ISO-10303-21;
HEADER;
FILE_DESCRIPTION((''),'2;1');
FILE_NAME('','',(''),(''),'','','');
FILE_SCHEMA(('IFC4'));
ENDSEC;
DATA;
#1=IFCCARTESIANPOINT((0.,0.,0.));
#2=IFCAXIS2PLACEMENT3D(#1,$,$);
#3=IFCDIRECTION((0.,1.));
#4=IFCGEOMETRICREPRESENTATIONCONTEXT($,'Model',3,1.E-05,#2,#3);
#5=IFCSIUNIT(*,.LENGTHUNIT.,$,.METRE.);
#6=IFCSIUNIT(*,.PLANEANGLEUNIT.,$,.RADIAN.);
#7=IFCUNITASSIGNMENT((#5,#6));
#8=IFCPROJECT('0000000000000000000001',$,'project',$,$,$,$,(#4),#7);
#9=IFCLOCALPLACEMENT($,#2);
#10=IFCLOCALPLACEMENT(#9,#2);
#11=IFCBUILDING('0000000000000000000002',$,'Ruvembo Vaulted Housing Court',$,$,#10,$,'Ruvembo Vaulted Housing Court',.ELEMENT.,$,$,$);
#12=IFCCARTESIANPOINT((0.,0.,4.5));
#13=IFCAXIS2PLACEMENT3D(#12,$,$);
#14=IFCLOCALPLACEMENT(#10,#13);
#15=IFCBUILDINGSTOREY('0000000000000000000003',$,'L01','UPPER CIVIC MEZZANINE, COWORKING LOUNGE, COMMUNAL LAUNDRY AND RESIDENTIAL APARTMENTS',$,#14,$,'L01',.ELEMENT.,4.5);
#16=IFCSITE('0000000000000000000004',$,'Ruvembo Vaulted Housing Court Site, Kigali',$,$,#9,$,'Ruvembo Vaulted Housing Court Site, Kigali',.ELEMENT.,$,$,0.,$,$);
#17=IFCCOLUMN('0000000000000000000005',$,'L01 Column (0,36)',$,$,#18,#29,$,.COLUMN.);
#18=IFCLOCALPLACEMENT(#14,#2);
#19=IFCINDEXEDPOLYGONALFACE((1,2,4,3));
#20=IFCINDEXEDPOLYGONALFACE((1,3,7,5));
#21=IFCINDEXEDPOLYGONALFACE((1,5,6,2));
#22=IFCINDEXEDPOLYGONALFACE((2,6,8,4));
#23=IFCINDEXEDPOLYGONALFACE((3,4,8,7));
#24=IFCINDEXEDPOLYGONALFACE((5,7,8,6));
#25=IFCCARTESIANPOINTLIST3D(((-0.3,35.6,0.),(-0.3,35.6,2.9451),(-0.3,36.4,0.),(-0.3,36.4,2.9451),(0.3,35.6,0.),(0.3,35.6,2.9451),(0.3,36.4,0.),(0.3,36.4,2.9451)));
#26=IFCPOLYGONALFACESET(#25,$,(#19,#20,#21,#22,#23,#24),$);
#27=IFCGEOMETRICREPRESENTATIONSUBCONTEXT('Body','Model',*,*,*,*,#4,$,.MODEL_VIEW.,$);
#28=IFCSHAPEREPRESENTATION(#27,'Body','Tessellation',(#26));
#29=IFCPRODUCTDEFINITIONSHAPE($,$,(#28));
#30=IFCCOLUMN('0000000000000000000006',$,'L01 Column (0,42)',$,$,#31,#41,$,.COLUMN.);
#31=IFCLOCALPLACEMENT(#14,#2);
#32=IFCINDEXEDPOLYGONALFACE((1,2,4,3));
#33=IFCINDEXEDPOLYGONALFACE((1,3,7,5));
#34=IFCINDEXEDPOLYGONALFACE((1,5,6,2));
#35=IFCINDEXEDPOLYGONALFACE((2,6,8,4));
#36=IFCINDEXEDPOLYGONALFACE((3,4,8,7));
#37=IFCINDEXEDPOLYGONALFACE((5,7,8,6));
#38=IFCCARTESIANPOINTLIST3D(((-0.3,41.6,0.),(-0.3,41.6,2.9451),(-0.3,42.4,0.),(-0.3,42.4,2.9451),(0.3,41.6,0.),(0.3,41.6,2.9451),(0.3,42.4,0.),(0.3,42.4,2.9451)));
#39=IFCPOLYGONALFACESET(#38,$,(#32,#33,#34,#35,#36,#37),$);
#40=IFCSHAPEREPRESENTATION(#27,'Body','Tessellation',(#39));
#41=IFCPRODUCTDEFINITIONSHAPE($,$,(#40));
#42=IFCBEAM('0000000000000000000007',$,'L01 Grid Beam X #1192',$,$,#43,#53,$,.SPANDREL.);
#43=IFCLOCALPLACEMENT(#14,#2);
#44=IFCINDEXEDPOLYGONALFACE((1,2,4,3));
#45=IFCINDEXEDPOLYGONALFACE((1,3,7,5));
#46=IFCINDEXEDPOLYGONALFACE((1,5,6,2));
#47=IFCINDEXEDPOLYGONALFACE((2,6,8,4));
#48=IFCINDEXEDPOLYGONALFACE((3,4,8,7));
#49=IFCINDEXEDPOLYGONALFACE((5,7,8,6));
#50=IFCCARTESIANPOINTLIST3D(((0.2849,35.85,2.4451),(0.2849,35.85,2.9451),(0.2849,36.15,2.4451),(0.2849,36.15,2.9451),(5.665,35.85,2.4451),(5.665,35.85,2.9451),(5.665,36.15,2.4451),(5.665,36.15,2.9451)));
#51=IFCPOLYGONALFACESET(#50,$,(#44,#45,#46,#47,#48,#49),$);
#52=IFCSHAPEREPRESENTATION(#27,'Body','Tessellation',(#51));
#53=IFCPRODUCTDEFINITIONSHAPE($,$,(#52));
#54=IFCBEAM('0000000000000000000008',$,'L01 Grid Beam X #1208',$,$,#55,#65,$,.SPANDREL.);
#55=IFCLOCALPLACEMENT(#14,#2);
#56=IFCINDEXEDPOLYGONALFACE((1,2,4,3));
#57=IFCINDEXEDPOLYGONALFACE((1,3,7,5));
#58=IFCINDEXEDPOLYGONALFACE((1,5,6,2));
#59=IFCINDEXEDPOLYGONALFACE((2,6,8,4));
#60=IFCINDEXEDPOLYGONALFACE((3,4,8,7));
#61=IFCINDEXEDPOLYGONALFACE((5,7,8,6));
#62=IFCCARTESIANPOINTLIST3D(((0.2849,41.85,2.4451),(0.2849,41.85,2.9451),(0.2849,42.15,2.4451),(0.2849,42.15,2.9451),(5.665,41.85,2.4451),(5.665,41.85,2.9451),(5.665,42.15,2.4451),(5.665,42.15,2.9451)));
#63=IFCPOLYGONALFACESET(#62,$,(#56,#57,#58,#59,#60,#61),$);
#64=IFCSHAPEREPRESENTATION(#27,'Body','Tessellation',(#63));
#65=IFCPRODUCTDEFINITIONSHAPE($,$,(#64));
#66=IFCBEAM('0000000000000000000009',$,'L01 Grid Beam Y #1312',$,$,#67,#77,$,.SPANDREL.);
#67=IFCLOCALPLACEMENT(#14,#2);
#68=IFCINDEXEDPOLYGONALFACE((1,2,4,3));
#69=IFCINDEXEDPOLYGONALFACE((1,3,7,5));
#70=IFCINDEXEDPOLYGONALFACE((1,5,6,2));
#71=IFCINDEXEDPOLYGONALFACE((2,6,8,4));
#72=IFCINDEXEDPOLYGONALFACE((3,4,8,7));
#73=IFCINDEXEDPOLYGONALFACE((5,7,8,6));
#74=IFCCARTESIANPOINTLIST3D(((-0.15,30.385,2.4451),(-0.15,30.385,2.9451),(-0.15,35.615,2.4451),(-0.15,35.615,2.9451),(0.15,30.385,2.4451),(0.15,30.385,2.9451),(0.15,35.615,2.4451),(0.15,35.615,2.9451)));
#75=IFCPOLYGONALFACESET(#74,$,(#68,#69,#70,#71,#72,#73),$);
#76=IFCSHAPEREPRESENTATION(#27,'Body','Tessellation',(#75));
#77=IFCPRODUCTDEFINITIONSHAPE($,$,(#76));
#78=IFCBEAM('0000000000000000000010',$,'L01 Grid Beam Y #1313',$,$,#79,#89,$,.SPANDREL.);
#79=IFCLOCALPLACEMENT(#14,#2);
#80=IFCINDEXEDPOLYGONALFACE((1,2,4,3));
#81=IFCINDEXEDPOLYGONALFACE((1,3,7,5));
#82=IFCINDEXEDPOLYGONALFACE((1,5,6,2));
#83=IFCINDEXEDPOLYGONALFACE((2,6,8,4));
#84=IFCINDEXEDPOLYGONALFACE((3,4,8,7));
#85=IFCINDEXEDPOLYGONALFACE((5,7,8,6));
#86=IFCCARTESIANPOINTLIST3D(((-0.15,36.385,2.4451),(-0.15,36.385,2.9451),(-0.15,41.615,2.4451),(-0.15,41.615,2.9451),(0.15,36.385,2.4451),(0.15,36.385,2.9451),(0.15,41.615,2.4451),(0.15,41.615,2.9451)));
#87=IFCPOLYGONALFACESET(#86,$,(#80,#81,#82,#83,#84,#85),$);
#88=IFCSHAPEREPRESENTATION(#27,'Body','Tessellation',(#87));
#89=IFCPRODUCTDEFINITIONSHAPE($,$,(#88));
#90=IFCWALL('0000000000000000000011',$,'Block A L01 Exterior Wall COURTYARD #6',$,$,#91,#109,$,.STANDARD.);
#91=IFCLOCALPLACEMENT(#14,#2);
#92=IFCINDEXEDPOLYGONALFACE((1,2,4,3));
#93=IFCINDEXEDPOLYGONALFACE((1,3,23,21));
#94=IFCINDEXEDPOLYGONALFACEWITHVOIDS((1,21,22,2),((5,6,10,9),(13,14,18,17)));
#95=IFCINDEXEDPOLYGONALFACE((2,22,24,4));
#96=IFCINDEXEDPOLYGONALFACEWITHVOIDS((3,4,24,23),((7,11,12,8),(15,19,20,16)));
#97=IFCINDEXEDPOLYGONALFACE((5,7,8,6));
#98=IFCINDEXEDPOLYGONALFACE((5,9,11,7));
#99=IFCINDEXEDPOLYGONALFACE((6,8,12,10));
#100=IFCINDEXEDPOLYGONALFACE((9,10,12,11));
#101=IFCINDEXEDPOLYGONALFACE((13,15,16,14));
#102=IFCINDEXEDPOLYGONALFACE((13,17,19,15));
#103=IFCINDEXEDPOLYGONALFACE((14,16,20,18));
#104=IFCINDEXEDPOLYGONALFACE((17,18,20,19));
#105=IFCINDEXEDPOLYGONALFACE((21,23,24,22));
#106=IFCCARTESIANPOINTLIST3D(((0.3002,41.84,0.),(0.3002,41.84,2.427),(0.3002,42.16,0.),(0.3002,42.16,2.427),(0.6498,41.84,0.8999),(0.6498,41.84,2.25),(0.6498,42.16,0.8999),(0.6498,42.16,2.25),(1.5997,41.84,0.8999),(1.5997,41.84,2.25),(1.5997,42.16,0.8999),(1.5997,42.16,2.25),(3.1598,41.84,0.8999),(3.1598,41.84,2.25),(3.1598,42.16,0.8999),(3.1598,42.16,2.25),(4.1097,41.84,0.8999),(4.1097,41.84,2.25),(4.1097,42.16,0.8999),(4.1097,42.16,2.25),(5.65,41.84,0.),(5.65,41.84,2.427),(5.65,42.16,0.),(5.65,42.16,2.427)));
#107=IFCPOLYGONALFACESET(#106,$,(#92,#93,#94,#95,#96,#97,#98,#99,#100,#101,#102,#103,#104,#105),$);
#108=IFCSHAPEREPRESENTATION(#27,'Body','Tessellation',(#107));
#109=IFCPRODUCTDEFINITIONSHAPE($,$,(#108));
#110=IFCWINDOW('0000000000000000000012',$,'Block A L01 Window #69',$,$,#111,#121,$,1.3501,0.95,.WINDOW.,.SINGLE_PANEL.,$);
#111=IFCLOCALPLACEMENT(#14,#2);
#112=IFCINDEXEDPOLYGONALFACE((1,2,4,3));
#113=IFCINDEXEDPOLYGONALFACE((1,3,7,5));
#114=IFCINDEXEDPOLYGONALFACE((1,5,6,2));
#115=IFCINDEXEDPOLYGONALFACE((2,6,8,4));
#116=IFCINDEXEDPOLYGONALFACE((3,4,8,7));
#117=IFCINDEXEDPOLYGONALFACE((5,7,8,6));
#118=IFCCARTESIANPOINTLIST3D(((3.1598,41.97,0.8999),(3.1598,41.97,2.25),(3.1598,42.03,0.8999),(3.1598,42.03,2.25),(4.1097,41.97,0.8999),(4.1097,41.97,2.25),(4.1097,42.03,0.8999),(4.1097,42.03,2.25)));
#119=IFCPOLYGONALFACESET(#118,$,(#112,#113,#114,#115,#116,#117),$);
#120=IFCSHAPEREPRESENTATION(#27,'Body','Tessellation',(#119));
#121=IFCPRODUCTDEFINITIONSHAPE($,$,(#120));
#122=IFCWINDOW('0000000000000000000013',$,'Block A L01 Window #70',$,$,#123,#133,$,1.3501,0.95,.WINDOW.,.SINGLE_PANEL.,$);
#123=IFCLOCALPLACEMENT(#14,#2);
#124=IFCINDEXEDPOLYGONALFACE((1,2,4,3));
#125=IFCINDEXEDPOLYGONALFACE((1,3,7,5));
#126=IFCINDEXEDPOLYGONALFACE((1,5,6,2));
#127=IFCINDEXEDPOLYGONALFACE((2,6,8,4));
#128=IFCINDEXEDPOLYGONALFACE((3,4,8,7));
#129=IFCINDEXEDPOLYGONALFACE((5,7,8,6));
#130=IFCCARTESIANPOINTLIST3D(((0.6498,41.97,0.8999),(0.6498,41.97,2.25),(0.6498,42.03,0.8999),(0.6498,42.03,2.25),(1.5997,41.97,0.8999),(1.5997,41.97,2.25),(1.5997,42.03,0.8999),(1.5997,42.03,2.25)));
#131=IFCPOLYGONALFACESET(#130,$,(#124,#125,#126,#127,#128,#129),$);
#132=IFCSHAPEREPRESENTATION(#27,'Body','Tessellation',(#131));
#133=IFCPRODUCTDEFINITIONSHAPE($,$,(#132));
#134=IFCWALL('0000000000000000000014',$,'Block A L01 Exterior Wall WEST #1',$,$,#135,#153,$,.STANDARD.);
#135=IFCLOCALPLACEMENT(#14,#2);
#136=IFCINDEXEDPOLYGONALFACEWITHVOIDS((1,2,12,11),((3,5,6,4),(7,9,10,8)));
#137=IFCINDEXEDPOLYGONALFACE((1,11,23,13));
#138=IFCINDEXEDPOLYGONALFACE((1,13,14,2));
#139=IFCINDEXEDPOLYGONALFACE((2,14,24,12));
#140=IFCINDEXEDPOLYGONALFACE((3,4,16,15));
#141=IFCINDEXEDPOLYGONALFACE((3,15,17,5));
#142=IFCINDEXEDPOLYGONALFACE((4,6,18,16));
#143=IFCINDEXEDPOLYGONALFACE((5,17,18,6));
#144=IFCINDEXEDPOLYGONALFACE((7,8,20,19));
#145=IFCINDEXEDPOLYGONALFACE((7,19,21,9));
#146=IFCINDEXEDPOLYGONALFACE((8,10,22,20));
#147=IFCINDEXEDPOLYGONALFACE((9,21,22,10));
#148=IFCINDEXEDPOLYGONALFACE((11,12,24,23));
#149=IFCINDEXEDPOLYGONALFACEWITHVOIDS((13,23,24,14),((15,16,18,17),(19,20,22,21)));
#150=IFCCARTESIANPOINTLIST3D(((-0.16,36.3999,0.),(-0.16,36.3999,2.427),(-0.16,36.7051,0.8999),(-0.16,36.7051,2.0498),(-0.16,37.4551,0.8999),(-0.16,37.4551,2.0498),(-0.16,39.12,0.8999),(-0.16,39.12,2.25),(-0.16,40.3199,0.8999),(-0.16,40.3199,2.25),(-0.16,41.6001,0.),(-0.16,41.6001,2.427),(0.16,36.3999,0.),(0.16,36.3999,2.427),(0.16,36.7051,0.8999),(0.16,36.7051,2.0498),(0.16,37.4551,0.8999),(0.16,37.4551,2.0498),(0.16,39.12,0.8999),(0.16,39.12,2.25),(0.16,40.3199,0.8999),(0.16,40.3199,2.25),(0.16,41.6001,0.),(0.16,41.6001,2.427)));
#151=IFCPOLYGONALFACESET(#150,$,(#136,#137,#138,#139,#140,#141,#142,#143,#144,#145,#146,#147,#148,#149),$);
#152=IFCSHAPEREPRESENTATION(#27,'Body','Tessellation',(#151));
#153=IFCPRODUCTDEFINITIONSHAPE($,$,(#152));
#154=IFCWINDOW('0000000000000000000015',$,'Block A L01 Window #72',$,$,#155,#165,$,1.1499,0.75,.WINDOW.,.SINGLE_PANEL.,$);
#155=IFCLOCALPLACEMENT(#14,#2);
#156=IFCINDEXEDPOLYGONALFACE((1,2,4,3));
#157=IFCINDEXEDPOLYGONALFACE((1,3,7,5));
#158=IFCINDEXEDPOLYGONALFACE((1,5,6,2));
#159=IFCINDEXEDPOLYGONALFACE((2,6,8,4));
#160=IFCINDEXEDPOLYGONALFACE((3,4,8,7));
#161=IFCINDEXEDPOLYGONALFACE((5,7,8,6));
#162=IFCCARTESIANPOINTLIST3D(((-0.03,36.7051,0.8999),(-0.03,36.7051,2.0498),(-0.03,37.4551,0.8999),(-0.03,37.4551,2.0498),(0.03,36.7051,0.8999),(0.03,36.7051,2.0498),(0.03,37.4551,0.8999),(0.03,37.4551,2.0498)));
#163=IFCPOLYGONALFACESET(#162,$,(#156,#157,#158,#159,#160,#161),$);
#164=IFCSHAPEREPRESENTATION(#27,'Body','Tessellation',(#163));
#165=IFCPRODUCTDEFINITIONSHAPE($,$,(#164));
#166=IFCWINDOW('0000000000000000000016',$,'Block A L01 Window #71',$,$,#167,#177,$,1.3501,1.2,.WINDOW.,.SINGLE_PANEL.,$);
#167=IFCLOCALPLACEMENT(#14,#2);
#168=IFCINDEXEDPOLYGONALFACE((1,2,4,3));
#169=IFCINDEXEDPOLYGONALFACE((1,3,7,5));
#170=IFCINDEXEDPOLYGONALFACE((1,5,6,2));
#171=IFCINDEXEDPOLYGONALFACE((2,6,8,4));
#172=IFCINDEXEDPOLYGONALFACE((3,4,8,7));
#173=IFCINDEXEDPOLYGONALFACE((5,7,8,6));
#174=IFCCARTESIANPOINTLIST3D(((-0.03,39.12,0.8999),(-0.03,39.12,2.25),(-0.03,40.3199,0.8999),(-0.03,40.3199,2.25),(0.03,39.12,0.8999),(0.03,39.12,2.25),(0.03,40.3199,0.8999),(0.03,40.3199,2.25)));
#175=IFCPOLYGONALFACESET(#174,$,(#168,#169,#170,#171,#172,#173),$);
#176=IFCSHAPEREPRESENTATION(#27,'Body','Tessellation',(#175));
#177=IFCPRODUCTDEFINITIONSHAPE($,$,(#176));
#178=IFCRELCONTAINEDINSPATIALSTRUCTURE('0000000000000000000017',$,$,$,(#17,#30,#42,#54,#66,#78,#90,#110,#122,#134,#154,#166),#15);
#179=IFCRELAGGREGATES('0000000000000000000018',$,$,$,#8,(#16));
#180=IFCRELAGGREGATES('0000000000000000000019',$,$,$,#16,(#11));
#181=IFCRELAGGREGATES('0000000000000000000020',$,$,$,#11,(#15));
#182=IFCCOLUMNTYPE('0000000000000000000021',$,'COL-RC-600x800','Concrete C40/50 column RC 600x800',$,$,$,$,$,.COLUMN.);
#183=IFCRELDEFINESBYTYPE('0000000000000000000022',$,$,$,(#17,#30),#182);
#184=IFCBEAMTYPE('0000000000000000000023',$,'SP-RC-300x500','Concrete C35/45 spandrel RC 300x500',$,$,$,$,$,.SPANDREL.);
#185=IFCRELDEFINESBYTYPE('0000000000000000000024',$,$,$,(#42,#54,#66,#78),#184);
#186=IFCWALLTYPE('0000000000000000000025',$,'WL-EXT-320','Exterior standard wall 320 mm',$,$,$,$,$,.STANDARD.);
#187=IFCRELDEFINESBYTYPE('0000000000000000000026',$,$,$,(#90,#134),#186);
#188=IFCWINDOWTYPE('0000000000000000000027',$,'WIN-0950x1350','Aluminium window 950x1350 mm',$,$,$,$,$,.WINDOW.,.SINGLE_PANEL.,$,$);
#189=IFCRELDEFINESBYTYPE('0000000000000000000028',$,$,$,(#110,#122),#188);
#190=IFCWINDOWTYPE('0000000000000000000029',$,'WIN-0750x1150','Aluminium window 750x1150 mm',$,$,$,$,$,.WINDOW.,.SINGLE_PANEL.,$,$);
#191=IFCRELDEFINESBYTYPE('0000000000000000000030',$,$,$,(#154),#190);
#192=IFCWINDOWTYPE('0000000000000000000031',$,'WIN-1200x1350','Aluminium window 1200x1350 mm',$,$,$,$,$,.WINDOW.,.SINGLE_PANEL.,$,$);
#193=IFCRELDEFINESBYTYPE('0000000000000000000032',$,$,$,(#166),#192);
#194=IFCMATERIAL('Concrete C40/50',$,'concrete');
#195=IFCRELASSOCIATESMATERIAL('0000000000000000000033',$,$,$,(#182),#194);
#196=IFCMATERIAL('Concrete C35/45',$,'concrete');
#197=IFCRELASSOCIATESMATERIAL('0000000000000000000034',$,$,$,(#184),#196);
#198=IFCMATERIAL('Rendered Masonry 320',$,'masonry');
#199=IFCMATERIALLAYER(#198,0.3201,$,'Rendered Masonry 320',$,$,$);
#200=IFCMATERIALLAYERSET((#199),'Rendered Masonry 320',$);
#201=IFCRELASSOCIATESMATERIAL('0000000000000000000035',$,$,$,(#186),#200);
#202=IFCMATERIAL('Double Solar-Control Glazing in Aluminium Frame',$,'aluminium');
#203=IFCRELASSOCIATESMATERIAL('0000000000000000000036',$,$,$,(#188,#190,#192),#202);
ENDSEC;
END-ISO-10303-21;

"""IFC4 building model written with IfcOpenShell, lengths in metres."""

from ifc_helpers import new_model, si_unit, direction, frame, frame_2d, origin, origin_2d, place, context, subcontext, project, spatial, rectangle, extrude, material, layer, layer_set, material_profile, profile_set, type_object, element, fill, save


model = new_model("IFC4")

# Units and contexts
model_context = context("Model", 3, precision=1e-05, world=origin(), true_north=direction((0.0, 1.0)))
body_context = subcontext(model_context, "Body", "Model", "MODEL_VIEW")
ifc_project = project(units=[si_unit("LENGTHUNIT", "METRE"), si_unit("PLANEANGLEUNIT", "RADIAN")], contexts=[model_context])

# Site, building, storey
site_placement = place(None, origin())
site = spatial("IfcSite", under=ifc_project, at=site_placement, Name="Ruvembo Vaulted Housing Court Site, Kigali", LongName="Ruvembo Vaulted Housing Court Site, Kigali", CompositionType="ELEMENT", RefElevation=0.0)
building_placement = place(site_placement, origin())
building = spatial("IfcBuilding", under=site, at=building_placement, Name="Ruvembo Vaulted Housing Court", LongName="Ruvembo Vaulted Housing Court", CompositionType="ELEMENT")
storey_placement = place(building_placement, frame((0.0, 0.0, 4.5)))
storey = spatial("IfcBuildingStorey", under=building, at=storey_placement, Name="L01", Description="UPPER CIVIC MEZZANINE, COWORKING LOUNGE, COMMUNAL LAUNDRY AND RESIDENTIAL APARTMENTS", LongName="L01", CompositionType="ELEMENT", Elevation=4.5)

# Columns
ifc_material_1 = material(Name="Concrete C40/50", Category="concrete")
ifc_material_profile_1 = material_profile(ifc_material_1, rectangle(XDim=0.6001, YDim=0.8, at=origin_2d()), Name="RC 600x800")
ifc_profile_set_1 = profile_set([ifc_material_profile_1], Name="Concrete C40/50")
column_type = type_object("IfcColumnType", Name="COL-RC-600x800", Description="Concrete C40/50 column RC 600x800", PredefinedType="COLUMN", material=ifc_profile_set_1)
for number, where, z_axis, x_axis, name in (
    (1, (0.0, 36.0, 0.0), (0.0, 0.0, 1.0), (1.0, 0.0, 0.0), "L01 Column (0,36)"),
    (2, (0.0, 42.0, 0.0), (0.0, 0.0, 1.0), (1.0, 0.0, 0.0), "L01 Column (0,42)"),
):
    element("IfcColumn", number, at=place(storey_placement, frame(where, z_axis=z_axis, x_axis=x_axis)), inside=storey, type_object=column_type, Name=name, PredefinedType="COLUMN", context=body_context, shape_type="SweptSolid", body=[
        extrude(rectangle(XDim=0.6001, YDim=0.8, at=origin_2d()), origin(), (0.0, 0.0, 1.0), 2.9451),
    ])

# Beams
ifc_material_2 = material(Name="Concrete C35/45", Category="concrete")
ifc_material_profile_2 = material_profile(ifc_material_2, rectangle(XDim=0.3, YDim=0.5, at=origin_2d()), Name="RC 300x500")
ifc_profile_set_2 = profile_set([ifc_material_profile_2], Name="Concrete C35/45")
beam_type = type_object("IfcBeamType", Name="SP-RC-300x500", Description="Concrete C35/45 spandrel RC 300x500", PredefinedType="SPANDREL", material=ifc_profile_set_2)
for number, where, z_axis, x_axis, name in (
    (3, (0.2849, 36.0, 2.6951), (1.0, 0.0, 0.0), (0.0, 1.0, 0.0), "L01 Grid Beam X #1192"),
    (4, (0.2849, 42.0, 2.6951), (1.0, 0.0, 0.0), (0.0, 1.0, 0.0), "L01 Grid Beam X #1208"),
):
    element("IfcBeam", number, at=place(storey_placement, frame(where, z_axis=z_axis, x_axis=x_axis)), inside=storey, type_object=beam_type, Name=name, PredefinedType="SPANDREL", context=body_context, shape_type="SweptSolid", body=[
        extrude(rectangle(XDim=0.3, YDim=0.5, at=origin_2d()), origin(), (0.0, 0.0, 1.0), 5.3801),
    ])
for number, where, z_axis, x_axis, name in (
    (5, (0.0, 30.385, 2.6951), (0.0, 1.0, 0.0), (-1.0, 0.0, 0.0), "L01 Grid Beam Y #1312"),
    (6, (0.0, 36.385, 2.6951), (0.0, 1.0, 0.0), (-1.0, 0.0, 0.0), "L01 Grid Beam Y #1313"),
):
    element("IfcBeam", number, at=place(storey_placement, frame(where, z_axis=z_axis, x_axis=x_axis)), inside=storey, type_object=beam_type, Name=name, PredefinedType="SPANDREL", context=body_context, shape_type="SweptSolid", body=[
        extrude(rectangle(XDim=0.3, YDim=0.5, at=origin_2d()), origin(), (0.0, 0.0, 1.0), 5.23),
    ])

# Walls, openings, windows
ifc_material_3 = material(Name="Rendered Masonry 320", Category="masonry")
ifc_layer_1 = layer(ifc_material_3, 0.3201, Name="Rendered Masonry 320")
ifc_layer_set_1 = layer_set([ifc_layer_1], Name="Rendered Masonry 320")
wall_type_1 = type_object("IfcWallType", Name="WL-EXT-320", Description="Exterior standard wall 320 mm", PredefinedType="STANDARD", material=ifc_layer_set_1)
wall_1_placement = place(storey_placement, frame((5.6499, 42.0, 0.0), z_axis=(0.0, 0.0, 1.0), x_axis=(-1.0, 0.0, 0.0)))
wall_1 = element("IfcWall", 7, at=wall_1_placement, inside=storey, type_object=wall_type_1, Name="Block A L01 Exterior Wall COURTYARD #6", PredefinedType="STANDARD", context=body_context, shape_type="SweptSolid", body=[
    extrude(rectangle(XDim=5.3499, YDim=0.3201, at=frame_2d((2.6748, 0.0))), origin(), (0.0, 0.0, 1.0), 2.427),
])
opening_1_placement = place(wall_1_placement, frame((1.54, 0.0, 0.8999)))
opening_1 = element("IfcOpeningElement", 8, at=opening_1_placement, cuts=wall_1, PredefinedType="OPENING", context=body_context, shape_type="SweptSolid", body=[
    extrude(rectangle(XDim=0.95, YDim=1.3501, at=frame_2d((0.4751, 0.675))), frame((0.0, 0.1699, 0.0), z_axis=(0.0, -1.0, 0.0), x_axis=(1.0, 0.0, 0.0)), (0.0, 0.0, 1.0), 0.3401),
])
opening_2_placement = place(wall_1_placement, frame((4.05, 0.0, 0.8999)))
opening_2 = element("IfcOpeningElement", 9, at=opening_2_placement, cuts=wall_1, PredefinedType="OPENING", context=body_context, shape_type="SweptSolid", body=[
    extrude(rectangle(XDim=0.95, YDim=1.3501, at=frame_2d((0.4751, 0.675))), frame((0.0, 0.1699, 0.0), z_axis=(0.0, -1.0, 0.0), x_axis=(1.0, 0.0, 0.0)), (0.0, 0.0, 1.0), 0.3401),
])
ifc_material_4 = material(Name="Double Solar-Control Glazing in Aluminium Frame", Category="aluminium")
window_type_1 = type_object("IfcWindowType", Name="WIN-0950x1350", Description="Aluminium window 950x1350 mm", PartitioningType="SINGLE_PANEL", PredefinedType="WINDOW", material=ifc_material_4)
window_1_placement = place(opening_1_placement, origin())
window_1 = element("IfcWindow", 10, at=window_1_placement, inside=storey, type_object=window_type_1, Name="Block A L01 Window #69", OverallHeight=1.3501, OverallWidth=0.95, PartitioningType="SINGLE_PANEL", PredefinedType="WINDOW", context=body_context, shape_type="SweptSolid", body=[
    extrude(rectangle(XDim=0.95, YDim=1.3501, at=frame_2d((0.4751, 0.675))), frame((0.0, 0.03, 0.0), z_axis=(0.0, -1.0, 0.0), x_axis=(1.0, 0.0, 0.0)), (0.0, 0.0, 1.0), 0.0601),
])
fill(opening_1, window_1)
window_2_placement = place(opening_2_placement, origin())
window_2 = element("IfcWindow", 11, at=window_2_placement, inside=storey, type_object=window_type_1, Name="Block A L01 Window #70", OverallHeight=1.3501, OverallWidth=0.95, PartitioningType="SINGLE_PANEL", PredefinedType="WINDOW", context=body_context, shape_type="SweptSolid", body=[
    extrude(rectangle(XDim=0.95, YDim=1.3501, at=frame_2d((0.4751, 0.675))), frame((0.0, 0.03, 0.0), z_axis=(0.0, -1.0, 0.0), x_axis=(1.0, 0.0, 0.0)), (0.0, 0.0, 1.0), 0.0601),
])
fill(opening_2, window_2)
wall_2_placement = place(storey_placement, frame((0.0, 41.6001, 0.0), z_axis=(0.0, 0.0, 1.0), x_axis=(0.0, -1.0, 0.0)))
wall_2 = element("IfcWall", 12, at=wall_2_placement, inside=storey, type_object=wall_type_1, Name="Block A L01 Exterior Wall WEST #1", PredefinedType="STANDARD", context=body_context, shape_type="SweptSolid", body=[
    extrude(rectangle(XDim=5.2002, YDim=0.3201, at=frame_2d((2.6001, 0.0))), origin(), (0.0, 0.0, 1.0), 2.427),
])
opening_3_placement = place(wall_2_placement, frame((1.28, 0.0, 0.8999)))
opening_3 = element("IfcOpeningElement", 13, at=opening_3_placement, cuts=wall_2, PredefinedType="OPENING", context=body_context, shape_type="SweptSolid", body=[
    extrude(rectangle(XDim=1.2, YDim=1.3501, at=frame_2d((0.6001, 0.675))), frame((0.0, 0.1699, 0.0), z_axis=(0.0, -1.0, 0.0), x_axis=(1.0, 0.0, 0.0)), (0.0, 0.0, 1.0), 0.3401),
])
opening_4_placement = place(wall_2_placement, frame((4.145, 0.0, 0.8999)))
opening_4 = element("IfcOpeningElement", 14, at=opening_4_placement, cuts=wall_2, PredefinedType="OPENING", context=body_context, shape_type="SweptSolid", body=[
    extrude(rectangle(XDim=0.75, YDim=1.1499, at=frame_2d((0.375, 0.575))), frame((0.0, 0.1699, 0.0), z_axis=(0.0, -1.0, 0.0), x_axis=(1.0, 0.0, 0.0)), (0.0, 0.0, 1.0), 0.3401),
])
window_type_2 = type_object("IfcWindowType", Name="WIN-0750x1150", Description="Aluminium window 750x1150 mm", PartitioningType="SINGLE_PANEL", PredefinedType="WINDOW", material=ifc_material_4)
window_3_placement = place(opening_4_placement, origin())
window_3 = element("IfcWindow", 15, at=window_3_placement, inside=storey, type_object=window_type_2, Name="Block A L01 Window #72", OverallHeight=1.1499, OverallWidth=0.75, PartitioningType="SINGLE_PANEL", PredefinedType="WINDOW", context=body_context, shape_type="SweptSolid", body=[
    extrude(rectangle(XDim=0.75, YDim=1.1499, at=frame_2d((0.375, 0.575))), frame((0.0, 0.03, 0.0), z_axis=(0.0, -1.0, 0.0), x_axis=(1.0, 0.0, 0.0)), (0.0, 0.0, 1.0), 0.0601),
])
fill(opening_4, window_3)
window_type_3 = type_object("IfcWindowType", Name="WIN-1200x1350", Description="Aluminium window 1200x1350 mm", PartitioningType="SINGLE_PANEL", PredefinedType="WINDOW", material=ifc_material_4)
window_4_placement = place(opening_3_placement, origin())
window_4 = element("IfcWindow", 16, at=window_4_placement, inside=storey, type_object=window_type_3, Name="Block A L01 Window #71", OverallHeight=1.3501, OverallWidth=1.2, PartitioningType="SINGLE_PANEL", PredefinedType="WINDOW", context=body_context, shape_type="SweptSolid", body=[
    extrude(rectangle(XDim=1.2, YDim=1.3501, at=frame_2d((0.6001, 0.675))), frame((0.0, 0.03, 0.0), z_axis=(0.0, -1.0, 0.0), x_axis=(1.0, 0.0, 0.0)), (0.0, 0.0, 1.0), 0.0601),
])
fill(opening_3, window_4)

save(model, "model.ifc")
